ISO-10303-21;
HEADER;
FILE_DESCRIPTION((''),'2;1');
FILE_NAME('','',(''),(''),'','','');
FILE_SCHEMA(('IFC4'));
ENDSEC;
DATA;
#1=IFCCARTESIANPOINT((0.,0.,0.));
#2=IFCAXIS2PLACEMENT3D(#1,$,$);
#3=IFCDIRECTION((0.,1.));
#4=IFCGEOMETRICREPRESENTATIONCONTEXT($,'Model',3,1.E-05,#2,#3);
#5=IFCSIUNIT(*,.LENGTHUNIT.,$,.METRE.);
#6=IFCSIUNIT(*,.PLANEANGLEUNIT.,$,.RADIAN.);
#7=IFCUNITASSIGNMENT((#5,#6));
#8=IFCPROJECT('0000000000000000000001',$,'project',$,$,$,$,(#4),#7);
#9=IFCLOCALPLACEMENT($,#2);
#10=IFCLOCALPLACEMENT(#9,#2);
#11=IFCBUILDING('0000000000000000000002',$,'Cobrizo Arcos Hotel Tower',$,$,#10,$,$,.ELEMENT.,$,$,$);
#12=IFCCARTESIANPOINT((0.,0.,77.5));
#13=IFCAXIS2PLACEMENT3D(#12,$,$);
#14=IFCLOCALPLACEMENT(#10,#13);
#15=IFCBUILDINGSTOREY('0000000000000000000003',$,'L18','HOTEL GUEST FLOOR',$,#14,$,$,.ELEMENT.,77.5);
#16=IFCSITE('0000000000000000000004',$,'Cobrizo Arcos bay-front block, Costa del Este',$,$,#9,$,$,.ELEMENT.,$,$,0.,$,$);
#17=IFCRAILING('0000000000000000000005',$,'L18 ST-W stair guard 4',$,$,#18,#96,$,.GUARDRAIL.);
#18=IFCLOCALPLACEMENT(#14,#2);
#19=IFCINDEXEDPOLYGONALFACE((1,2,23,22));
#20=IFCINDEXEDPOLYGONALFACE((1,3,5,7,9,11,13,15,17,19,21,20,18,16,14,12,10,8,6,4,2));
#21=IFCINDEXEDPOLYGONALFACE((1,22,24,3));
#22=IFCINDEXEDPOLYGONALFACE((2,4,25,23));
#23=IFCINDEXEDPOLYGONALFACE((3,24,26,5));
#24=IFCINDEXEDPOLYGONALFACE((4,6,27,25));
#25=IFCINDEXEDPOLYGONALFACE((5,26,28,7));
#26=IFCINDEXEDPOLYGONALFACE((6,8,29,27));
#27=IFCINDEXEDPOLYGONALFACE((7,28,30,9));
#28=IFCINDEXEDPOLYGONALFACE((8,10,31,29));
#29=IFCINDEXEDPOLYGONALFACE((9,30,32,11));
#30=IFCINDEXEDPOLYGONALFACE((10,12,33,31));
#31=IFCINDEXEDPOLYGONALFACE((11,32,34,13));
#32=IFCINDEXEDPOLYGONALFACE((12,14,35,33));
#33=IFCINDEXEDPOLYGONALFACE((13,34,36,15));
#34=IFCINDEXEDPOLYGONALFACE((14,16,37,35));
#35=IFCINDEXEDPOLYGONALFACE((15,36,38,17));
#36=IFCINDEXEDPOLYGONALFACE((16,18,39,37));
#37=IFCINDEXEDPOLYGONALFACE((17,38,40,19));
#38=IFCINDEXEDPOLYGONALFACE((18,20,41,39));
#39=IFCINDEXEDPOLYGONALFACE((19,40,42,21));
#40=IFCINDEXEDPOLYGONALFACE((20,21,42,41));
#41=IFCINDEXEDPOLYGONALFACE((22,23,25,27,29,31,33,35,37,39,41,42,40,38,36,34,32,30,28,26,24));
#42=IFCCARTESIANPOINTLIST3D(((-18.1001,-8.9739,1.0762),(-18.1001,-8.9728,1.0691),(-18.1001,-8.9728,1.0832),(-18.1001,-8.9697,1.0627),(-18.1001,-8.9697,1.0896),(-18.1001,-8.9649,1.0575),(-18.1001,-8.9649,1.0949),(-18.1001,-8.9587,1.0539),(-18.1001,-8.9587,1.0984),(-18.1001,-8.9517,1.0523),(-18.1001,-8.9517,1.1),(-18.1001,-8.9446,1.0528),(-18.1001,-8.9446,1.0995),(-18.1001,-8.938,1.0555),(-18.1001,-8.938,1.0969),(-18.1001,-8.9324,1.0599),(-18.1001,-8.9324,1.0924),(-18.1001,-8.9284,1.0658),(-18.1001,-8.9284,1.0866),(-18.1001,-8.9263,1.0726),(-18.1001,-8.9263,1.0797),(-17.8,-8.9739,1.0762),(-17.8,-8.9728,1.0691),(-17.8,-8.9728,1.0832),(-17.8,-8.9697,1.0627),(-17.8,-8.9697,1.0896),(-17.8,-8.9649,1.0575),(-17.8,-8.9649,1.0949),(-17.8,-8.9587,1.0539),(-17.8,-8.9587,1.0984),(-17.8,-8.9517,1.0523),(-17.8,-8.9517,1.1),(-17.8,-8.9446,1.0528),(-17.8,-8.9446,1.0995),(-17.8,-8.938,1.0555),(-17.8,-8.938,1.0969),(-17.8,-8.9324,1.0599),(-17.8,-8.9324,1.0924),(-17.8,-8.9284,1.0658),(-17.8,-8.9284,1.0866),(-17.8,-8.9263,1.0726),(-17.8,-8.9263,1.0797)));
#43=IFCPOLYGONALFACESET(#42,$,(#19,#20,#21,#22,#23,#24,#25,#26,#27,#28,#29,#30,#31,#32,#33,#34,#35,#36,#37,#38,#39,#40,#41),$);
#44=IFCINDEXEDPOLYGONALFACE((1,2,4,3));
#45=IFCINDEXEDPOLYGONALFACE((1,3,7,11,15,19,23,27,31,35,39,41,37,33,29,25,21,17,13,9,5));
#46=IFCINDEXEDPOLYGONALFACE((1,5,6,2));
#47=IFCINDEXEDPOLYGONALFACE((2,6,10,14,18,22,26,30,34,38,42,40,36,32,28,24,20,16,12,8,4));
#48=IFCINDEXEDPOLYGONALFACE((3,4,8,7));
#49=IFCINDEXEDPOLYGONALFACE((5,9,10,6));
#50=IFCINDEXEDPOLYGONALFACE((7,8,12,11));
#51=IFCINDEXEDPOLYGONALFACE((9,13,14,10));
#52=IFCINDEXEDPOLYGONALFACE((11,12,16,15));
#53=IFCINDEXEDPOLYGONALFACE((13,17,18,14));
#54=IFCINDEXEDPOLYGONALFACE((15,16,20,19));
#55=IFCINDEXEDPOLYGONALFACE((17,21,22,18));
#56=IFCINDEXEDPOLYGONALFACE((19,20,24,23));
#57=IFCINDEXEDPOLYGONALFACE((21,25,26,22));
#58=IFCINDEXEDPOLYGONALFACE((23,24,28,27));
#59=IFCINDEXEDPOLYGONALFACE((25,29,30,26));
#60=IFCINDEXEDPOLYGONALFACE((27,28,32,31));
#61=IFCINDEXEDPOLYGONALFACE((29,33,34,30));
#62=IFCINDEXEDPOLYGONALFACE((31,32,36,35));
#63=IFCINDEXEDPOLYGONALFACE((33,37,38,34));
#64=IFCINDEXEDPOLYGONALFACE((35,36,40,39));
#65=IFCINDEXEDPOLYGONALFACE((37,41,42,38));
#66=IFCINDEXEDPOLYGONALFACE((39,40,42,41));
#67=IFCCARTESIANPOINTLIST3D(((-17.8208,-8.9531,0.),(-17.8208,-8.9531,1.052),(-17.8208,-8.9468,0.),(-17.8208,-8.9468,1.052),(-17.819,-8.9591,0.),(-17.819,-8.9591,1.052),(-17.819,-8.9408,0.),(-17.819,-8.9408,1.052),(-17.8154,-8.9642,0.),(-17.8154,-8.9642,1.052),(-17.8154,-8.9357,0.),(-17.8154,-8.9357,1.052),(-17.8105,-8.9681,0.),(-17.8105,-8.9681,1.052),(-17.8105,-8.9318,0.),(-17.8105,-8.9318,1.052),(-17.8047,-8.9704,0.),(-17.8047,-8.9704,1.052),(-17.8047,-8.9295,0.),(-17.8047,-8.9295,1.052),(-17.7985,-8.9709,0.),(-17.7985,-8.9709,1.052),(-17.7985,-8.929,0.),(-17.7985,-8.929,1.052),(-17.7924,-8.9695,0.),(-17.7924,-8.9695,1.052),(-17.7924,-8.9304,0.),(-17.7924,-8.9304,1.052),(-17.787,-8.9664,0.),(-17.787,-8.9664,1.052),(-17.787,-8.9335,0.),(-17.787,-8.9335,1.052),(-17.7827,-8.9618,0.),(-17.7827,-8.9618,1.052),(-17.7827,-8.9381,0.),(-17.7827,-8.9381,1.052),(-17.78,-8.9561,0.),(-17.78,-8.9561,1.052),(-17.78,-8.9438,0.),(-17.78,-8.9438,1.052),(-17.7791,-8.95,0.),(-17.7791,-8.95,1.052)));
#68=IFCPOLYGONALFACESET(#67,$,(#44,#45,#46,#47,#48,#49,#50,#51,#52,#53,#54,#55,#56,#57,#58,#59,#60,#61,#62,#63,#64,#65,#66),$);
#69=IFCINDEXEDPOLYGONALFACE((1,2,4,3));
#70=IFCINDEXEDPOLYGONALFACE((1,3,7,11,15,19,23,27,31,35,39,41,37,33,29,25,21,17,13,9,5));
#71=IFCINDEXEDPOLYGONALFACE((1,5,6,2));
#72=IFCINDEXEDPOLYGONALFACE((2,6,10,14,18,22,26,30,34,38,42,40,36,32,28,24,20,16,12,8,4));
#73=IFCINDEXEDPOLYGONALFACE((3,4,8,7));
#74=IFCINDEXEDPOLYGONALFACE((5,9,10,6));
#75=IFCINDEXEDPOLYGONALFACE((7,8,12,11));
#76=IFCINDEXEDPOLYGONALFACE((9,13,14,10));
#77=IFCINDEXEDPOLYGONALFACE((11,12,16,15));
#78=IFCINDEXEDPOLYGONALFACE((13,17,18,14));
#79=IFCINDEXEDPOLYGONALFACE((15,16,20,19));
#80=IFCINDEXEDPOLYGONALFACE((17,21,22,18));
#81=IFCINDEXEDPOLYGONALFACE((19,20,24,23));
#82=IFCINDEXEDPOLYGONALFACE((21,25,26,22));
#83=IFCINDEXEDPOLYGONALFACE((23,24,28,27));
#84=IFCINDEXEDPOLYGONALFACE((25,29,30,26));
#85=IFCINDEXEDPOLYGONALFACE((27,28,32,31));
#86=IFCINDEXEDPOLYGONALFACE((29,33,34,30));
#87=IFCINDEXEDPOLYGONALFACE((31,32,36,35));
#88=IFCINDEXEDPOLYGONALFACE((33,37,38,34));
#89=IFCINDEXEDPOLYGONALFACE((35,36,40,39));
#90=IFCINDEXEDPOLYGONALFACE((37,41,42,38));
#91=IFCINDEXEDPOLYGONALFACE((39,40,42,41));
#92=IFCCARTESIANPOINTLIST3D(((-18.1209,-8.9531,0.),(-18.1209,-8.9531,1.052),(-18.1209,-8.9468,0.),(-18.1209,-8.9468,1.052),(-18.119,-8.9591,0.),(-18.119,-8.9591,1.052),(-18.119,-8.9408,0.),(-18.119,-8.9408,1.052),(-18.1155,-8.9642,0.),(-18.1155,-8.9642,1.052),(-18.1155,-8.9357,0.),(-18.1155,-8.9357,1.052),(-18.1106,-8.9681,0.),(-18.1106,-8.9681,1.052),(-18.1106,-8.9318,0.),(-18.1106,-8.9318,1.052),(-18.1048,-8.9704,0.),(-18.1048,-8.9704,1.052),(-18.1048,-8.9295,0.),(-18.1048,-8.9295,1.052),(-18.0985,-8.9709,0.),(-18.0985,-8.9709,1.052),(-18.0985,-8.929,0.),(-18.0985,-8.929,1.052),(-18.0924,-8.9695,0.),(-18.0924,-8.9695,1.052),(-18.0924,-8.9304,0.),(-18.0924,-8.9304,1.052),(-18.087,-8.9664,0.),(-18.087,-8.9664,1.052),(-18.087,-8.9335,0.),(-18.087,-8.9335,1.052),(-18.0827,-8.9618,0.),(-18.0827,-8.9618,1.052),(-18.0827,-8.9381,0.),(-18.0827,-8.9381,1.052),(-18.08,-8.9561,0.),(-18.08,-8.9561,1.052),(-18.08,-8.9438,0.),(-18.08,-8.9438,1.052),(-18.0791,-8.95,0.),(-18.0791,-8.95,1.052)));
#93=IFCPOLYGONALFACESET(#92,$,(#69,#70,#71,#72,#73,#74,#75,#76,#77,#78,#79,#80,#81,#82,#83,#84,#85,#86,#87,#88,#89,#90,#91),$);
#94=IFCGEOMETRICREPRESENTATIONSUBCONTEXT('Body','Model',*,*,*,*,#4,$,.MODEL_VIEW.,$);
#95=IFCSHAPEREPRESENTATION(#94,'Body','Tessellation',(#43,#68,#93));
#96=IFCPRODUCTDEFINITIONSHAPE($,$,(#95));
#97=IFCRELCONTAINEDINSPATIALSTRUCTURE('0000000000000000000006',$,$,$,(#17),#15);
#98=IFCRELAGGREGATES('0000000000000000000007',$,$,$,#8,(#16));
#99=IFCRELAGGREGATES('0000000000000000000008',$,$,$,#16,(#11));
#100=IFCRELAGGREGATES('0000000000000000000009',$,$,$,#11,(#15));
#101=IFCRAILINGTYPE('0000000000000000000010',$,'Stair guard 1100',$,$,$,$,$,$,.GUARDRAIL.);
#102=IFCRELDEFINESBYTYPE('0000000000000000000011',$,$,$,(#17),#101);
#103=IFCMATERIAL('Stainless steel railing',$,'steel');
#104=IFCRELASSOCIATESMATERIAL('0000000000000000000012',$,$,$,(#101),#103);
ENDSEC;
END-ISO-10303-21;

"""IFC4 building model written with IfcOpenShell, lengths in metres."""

from ifc_helpers import new_model, si_unit, direction, frame, origin, origin_2d, place, context, subcontext, project, spatial, circle, extrude, material, type_object, element, save


model = new_model("IFC4")

# Units and contexts
model_context = context("Model", 3, precision=1e-05, world=origin(), true_north=direction((0.0, 1.0)))
body_context = subcontext(model_context, "Body", "Model", "MODEL_VIEW")
ifc_project = project(units=[si_unit("LENGTHUNIT", "METRE"), si_unit("PLANEANGLEUNIT", "RADIAN")], contexts=[model_context])

# Site, building, storey
site_placement = place(None, origin())
site = spatial("IfcSite", under=ifc_project, at=site_placement, Name="Cobrizo Arcos bay-front block, Costa del Este", CompositionType="ELEMENT", RefElevation=0.0)
building_placement = place(site_placement, origin())
building = spatial("IfcBuilding", under=site, at=building_placement, Name="Cobrizo Arcos Hotel Tower", CompositionType="ELEMENT")
storey_placement = place(building_placement, frame((0.0, 0.0, 77.5)))
storey = spatial("IfcBuildingStorey", under=building, at=storey_placement, Name="L18", Description="HOTEL GUEST FLOOR", CompositionType="ELEMENT", Elevation=77.5)

# Railing
ifc_material_1 = material(Name="Stainless steel railing", Category="steel")
railing_type_1 = type_object("IfcRailingType", Name="Stair guard 1100", PredefinedType="GUARDRAIL", material=ifc_material_1)
railing_1_placement = place(storey_placement, frame((-17.8, -8.95, 0.0)))
element("IfcRailing", 1, at=railing_1_placement, inside=storey, type_object=railing_type_1, Name="L18 ST-W stair guard 4", PredefinedType="GUARDRAIL", context=body_context, shape_type="SweptSolid", body=[
    extrude(circle(Radius=0.0239, at=origin_2d()), frame((0.0, 0.0, 1.0762), z_axis=(-1.0, 0.0, 0.0), x_axis=(0.0, -1.0, 0.0)), (0.0, 0.0, 1.0), 0.3),
    extrude(circle(Radius=0.021, at=origin_2d()), origin(), (0.0, 0.0, 1.0), 1.052),
    extrude(circle(Radius=0.021, at=origin_2d()), frame((-0.3, 0.0, 0.0)), (0.0, 0.0, 1.0), 1.052),
])

save(model, "model.ifc")
